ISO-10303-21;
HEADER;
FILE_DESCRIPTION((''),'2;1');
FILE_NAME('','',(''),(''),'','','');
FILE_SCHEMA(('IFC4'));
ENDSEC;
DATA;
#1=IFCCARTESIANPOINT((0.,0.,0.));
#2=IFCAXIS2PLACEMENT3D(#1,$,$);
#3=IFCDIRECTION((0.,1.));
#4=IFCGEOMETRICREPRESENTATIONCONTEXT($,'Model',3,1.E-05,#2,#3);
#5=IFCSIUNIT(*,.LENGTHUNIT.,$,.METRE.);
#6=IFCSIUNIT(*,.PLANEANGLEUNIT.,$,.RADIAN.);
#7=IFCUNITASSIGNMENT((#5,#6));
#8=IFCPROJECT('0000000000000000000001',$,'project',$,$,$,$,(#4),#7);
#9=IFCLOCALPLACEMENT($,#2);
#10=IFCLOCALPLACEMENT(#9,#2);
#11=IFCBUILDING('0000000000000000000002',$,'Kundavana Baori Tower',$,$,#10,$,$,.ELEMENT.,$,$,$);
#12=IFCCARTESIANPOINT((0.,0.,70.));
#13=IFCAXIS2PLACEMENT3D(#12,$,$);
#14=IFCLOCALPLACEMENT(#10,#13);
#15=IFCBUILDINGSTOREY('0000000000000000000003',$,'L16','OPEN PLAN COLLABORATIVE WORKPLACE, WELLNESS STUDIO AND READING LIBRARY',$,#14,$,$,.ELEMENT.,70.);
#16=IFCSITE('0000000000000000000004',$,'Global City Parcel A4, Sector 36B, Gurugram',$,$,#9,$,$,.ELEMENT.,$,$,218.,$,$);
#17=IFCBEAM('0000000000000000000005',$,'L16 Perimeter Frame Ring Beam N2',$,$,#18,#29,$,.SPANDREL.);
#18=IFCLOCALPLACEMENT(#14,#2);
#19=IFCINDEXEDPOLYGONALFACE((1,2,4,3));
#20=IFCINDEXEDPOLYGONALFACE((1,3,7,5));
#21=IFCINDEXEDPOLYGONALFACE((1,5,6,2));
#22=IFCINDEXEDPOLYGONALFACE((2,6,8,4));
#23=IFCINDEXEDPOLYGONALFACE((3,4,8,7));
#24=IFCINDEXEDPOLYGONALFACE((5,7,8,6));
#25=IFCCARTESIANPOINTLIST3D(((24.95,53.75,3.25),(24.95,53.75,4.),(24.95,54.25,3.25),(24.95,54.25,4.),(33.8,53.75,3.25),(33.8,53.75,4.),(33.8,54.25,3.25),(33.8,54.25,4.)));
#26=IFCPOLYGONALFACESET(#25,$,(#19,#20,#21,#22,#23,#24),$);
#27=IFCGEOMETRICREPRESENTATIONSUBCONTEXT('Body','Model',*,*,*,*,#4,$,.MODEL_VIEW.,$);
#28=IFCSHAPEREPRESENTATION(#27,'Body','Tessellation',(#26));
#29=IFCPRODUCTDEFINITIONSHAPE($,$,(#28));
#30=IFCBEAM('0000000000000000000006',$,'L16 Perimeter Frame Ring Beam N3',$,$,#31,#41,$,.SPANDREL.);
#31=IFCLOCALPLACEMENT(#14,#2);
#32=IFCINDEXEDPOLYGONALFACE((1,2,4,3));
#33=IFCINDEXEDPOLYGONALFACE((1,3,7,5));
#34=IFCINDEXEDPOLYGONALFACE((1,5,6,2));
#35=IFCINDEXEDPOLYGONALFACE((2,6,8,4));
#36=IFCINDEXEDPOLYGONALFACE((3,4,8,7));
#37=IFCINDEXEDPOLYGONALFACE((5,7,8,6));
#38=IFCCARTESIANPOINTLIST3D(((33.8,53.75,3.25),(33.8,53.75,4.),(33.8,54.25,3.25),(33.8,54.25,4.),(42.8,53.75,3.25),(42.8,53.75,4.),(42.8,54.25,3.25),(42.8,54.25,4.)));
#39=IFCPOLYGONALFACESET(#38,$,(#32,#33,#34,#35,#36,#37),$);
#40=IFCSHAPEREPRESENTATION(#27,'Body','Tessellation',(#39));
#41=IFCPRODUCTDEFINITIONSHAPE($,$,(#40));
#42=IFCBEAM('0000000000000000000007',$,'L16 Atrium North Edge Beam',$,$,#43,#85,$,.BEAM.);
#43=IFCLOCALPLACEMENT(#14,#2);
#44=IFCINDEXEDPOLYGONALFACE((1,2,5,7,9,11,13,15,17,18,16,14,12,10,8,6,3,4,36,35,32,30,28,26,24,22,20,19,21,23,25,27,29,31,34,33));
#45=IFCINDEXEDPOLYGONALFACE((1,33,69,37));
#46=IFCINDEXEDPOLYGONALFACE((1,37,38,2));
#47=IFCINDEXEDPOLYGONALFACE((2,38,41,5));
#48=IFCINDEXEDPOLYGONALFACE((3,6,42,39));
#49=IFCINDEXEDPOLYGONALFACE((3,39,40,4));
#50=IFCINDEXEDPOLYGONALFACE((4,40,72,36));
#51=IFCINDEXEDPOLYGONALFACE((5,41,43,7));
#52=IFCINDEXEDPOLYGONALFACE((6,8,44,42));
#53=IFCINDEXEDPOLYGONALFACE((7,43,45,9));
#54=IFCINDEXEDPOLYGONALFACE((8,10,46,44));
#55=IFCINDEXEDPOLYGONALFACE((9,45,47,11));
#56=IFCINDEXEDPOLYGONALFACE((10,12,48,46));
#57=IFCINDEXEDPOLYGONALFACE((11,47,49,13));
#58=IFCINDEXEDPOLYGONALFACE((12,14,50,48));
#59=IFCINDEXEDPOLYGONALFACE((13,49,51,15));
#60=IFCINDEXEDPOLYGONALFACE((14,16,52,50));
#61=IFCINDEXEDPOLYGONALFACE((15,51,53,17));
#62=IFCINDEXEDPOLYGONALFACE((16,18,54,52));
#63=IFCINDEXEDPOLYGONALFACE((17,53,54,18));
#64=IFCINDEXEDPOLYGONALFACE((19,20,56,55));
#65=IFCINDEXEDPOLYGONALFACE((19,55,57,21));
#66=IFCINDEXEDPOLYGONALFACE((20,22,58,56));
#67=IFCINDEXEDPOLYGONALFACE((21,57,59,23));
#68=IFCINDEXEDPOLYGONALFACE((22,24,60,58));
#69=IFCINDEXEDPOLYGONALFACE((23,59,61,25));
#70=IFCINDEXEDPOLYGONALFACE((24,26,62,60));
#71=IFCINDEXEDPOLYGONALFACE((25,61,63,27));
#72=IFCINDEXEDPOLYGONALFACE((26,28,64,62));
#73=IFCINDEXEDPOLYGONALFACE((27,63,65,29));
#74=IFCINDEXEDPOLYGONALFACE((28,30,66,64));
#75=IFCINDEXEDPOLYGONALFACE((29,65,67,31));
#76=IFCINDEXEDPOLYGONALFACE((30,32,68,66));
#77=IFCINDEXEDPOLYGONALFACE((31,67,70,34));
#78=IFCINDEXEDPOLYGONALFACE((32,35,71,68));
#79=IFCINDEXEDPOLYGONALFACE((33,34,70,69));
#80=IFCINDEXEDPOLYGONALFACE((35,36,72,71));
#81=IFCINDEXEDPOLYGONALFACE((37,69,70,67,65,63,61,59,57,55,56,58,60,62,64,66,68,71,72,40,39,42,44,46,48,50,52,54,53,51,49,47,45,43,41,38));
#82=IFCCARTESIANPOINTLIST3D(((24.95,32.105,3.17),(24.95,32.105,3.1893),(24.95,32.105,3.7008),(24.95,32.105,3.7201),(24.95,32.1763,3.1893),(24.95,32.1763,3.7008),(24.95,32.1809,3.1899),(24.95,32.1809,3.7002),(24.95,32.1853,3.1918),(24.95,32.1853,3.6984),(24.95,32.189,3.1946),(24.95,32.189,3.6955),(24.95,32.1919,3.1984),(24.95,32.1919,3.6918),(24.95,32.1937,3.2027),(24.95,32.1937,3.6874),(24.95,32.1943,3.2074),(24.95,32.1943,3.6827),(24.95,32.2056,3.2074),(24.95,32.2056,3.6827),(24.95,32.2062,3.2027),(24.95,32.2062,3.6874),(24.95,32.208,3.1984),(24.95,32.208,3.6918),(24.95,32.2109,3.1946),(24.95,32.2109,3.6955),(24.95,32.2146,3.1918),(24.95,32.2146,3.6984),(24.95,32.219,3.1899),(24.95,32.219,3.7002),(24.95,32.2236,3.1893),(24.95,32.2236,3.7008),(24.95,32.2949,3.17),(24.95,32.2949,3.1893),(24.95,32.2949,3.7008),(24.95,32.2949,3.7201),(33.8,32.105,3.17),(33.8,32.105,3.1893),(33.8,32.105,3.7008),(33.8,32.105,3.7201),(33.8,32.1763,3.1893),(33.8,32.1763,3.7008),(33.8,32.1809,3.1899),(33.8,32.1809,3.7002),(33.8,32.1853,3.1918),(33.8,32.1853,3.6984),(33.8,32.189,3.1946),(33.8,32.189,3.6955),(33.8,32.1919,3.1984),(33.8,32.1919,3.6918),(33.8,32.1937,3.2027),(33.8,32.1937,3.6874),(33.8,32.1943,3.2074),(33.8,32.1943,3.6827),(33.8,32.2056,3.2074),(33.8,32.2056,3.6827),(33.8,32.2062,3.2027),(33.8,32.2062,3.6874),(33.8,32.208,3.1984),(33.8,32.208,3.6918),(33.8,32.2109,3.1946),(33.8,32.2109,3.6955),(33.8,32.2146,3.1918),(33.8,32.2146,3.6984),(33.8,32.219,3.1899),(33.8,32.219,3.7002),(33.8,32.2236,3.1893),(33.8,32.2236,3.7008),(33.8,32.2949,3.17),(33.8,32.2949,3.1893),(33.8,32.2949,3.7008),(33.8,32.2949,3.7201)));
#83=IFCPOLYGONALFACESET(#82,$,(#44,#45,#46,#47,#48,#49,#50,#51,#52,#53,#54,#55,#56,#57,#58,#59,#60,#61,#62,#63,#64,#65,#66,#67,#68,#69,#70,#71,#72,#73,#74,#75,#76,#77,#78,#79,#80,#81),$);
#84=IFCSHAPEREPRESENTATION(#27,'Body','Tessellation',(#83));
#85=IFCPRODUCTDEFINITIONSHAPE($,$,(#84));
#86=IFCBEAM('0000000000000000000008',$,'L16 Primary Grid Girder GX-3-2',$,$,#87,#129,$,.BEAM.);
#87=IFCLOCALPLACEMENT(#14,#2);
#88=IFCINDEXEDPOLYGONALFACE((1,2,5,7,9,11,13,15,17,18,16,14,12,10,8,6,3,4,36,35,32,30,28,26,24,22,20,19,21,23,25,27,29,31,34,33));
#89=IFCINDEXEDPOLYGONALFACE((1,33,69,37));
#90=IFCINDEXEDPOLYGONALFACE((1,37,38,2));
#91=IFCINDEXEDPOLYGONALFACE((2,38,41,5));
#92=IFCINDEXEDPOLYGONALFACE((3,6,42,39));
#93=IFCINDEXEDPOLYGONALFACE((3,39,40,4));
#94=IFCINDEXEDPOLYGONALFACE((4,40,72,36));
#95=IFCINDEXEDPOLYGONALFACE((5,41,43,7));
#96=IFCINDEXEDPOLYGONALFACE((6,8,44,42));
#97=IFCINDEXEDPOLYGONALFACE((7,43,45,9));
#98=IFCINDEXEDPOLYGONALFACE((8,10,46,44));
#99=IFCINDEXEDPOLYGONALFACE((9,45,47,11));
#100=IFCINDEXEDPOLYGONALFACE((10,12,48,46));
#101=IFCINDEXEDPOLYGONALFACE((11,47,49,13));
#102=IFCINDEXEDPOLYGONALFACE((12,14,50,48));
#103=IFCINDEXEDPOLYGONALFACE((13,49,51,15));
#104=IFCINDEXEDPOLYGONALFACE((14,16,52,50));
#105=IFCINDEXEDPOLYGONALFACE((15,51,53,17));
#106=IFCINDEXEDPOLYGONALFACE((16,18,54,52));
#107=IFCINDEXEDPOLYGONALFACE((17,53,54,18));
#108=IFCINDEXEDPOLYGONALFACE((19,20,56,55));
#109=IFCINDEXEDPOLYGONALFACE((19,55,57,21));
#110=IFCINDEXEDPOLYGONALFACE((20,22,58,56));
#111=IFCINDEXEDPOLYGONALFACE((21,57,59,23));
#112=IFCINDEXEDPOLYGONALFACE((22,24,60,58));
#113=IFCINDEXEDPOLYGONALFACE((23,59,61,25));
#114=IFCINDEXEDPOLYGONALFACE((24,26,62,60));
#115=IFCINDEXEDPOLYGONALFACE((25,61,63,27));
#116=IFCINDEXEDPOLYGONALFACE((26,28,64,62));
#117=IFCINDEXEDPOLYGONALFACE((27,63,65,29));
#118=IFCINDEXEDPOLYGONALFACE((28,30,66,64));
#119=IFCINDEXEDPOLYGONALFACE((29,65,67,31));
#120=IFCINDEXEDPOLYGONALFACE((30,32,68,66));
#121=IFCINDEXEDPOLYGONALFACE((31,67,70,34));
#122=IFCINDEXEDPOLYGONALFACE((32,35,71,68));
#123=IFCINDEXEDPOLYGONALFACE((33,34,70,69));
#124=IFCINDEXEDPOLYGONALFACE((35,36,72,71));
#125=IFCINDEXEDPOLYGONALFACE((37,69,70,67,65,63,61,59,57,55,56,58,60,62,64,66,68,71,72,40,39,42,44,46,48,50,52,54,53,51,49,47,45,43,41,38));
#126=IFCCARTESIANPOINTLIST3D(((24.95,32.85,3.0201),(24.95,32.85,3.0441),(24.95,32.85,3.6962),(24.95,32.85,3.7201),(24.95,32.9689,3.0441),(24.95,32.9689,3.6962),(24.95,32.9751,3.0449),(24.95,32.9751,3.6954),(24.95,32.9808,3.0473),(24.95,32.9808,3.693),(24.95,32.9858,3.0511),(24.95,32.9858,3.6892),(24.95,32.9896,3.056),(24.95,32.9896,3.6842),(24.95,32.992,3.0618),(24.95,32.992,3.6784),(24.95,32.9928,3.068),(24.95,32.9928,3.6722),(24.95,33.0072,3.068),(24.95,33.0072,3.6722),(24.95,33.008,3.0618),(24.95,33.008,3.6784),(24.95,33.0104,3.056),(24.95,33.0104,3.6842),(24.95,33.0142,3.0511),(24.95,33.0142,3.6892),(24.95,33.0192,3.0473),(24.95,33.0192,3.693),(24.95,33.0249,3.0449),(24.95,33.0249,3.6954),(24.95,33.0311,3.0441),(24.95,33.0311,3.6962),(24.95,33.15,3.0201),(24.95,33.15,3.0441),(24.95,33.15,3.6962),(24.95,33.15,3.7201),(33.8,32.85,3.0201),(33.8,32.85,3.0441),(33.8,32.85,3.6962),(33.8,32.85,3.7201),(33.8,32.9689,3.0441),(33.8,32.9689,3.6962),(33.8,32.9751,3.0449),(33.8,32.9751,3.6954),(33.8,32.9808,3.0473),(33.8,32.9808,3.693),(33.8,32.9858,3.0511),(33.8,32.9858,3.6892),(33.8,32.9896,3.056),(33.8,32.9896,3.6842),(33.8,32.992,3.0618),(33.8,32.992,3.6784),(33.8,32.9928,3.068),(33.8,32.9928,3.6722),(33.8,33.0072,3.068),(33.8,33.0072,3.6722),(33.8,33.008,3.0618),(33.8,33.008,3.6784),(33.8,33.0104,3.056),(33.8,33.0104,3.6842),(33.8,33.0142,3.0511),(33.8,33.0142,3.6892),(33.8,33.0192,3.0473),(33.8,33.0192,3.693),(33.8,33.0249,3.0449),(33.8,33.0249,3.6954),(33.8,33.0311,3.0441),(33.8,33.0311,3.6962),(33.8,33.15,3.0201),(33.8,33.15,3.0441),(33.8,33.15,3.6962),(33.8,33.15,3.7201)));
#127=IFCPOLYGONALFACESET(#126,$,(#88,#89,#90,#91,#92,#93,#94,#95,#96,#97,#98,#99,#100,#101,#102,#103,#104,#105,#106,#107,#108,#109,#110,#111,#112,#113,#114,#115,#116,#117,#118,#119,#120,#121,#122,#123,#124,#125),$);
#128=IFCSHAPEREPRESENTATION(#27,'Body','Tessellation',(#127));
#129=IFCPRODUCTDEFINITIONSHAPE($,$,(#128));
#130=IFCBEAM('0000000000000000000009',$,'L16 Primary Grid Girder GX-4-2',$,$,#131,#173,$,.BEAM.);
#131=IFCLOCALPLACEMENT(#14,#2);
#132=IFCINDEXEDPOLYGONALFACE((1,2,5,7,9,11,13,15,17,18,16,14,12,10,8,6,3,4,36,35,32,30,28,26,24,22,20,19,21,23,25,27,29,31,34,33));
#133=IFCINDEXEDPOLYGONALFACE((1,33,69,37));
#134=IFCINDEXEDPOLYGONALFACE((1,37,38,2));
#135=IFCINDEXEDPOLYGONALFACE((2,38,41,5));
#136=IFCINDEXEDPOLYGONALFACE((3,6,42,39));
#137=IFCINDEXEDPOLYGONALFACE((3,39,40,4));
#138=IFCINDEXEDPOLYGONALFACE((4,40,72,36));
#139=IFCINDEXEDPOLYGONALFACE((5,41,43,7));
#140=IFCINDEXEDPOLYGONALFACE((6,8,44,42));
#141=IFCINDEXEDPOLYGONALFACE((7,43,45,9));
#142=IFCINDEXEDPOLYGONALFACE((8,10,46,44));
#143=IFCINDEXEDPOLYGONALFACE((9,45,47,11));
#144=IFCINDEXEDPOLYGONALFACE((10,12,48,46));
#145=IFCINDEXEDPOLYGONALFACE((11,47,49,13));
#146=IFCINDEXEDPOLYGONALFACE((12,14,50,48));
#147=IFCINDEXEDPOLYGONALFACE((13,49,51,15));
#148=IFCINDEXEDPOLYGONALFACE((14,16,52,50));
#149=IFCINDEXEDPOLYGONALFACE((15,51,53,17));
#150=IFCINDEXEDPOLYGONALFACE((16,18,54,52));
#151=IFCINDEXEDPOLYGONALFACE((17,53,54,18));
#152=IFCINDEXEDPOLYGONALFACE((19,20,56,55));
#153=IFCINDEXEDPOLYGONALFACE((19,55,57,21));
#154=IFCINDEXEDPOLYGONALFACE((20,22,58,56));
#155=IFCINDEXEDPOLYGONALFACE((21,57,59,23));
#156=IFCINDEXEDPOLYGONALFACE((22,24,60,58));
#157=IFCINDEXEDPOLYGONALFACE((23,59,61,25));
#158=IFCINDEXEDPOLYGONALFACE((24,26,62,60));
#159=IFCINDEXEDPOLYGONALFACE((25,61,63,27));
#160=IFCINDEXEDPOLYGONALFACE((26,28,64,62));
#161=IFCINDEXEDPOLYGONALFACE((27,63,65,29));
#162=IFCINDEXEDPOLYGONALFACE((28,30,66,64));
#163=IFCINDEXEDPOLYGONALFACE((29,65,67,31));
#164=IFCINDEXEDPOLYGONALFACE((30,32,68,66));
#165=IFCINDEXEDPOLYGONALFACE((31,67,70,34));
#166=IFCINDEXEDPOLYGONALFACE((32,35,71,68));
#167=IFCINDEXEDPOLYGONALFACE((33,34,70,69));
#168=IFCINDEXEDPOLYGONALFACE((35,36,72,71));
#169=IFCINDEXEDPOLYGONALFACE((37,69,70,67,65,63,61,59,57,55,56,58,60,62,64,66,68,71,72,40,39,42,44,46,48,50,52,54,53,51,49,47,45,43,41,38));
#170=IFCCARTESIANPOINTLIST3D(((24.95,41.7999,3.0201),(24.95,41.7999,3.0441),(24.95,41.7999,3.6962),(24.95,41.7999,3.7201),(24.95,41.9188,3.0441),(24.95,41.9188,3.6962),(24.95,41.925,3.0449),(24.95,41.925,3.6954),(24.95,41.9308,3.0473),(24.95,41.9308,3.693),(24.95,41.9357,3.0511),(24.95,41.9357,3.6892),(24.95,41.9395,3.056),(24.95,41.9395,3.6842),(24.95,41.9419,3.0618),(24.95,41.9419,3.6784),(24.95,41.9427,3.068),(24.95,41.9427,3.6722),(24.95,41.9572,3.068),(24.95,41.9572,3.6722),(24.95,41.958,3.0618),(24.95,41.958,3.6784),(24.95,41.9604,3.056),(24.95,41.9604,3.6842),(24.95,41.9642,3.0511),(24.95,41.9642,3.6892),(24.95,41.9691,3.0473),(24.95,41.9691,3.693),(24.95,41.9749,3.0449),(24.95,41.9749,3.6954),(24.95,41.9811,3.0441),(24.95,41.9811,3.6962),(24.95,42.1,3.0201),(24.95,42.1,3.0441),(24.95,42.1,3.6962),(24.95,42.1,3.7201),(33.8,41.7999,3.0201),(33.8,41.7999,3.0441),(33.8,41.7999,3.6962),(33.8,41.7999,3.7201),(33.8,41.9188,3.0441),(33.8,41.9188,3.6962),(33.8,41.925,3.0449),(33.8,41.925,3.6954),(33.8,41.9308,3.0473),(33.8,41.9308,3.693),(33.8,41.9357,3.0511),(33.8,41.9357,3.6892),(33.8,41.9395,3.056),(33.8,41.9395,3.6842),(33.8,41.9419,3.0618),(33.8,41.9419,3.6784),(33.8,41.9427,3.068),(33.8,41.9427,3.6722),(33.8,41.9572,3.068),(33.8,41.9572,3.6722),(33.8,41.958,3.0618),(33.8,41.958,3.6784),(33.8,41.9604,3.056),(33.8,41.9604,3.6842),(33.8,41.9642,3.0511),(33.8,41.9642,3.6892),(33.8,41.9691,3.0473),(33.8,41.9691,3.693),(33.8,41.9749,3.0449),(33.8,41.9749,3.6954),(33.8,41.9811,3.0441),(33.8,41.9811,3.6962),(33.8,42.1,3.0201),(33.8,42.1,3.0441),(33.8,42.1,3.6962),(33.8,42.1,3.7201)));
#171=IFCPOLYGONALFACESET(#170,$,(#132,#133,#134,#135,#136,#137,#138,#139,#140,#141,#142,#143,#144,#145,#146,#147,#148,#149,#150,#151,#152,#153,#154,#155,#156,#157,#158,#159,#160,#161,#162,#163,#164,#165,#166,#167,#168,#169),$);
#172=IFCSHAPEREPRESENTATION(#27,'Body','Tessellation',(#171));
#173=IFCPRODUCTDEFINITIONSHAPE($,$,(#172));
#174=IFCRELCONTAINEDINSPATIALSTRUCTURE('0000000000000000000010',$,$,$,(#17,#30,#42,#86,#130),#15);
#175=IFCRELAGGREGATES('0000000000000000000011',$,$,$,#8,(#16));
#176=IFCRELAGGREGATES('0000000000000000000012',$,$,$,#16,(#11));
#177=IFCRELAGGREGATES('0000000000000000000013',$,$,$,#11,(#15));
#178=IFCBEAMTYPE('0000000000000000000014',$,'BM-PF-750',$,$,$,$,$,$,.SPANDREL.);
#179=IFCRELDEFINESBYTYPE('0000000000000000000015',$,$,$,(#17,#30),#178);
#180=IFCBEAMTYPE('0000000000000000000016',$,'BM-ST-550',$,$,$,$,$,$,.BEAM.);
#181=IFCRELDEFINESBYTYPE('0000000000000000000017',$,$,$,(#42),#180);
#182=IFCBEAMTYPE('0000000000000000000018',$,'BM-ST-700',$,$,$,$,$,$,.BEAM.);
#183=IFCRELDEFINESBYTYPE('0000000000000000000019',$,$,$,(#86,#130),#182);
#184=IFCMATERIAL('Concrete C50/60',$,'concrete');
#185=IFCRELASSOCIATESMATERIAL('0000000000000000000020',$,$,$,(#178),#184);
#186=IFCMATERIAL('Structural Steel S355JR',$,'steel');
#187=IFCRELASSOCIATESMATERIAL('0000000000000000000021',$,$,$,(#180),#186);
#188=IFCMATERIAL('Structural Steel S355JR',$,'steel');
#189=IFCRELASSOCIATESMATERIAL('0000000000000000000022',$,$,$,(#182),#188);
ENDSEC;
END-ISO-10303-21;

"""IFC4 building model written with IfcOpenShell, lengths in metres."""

from ifc_helpers import new_model, si_unit, direction, frame, origin, origin_2d, place, context, subcontext, project, spatial, rectangle, i_section, extrude, material, material_profile, profile_set, type_object, element, save


model = new_model("IFC4")

# Units and contexts
model_context = context("Model", 3, precision=1e-05, world=origin(), true_north=direction((0.0, 1.0)))
body_context = subcontext(model_context, "Body", "Model", "MODEL_VIEW")
ifc_project = project(units=[si_unit("LENGTHUNIT", "METRE"), si_unit("PLANEANGLEUNIT", "RADIAN")], contexts=[model_context])

# Site, building, storey
site_placement = place(None, origin())
site = spatial("IfcSite", under=ifc_project, at=site_placement, Name="Global City Parcel A4, Sector 36B, Gurugram", CompositionType="ELEMENT", RefElevation=218.0)
building_placement = place(site_placement, origin())
building = spatial("IfcBuilding", under=site, at=building_placement, Name="Kundavana Baori Tower", CompositionType="ELEMENT")
storey_placement = place(building_placement, frame((0.0, 0.0, 70.0)))
storey = spatial("IfcBuildingStorey", under=building, at=storey_placement, Name="L16", Description="OPEN PLAN COLLABORATIVE WORKPLACE, WELLNESS STUDIO AND READING LIBRARY", CompositionType="ELEMENT", Elevation=70.0)

# Beams
ifc_material_1 = material(Name="Concrete C50/60", Category="concrete")
ifc_material_profile_1 = material_profile(ifc_material_1, rectangle(XDim=0.5, YDim=0.75, at=origin_2d()), Name="RC BM 500x750")
ifc_profile_set_1 = profile_set([ifc_material_profile_1], Name="Concrete C50/60")
beam_type_1 = type_object("IfcBeamType", Name="BM-PF-750", PredefinedType="SPANDREL", material=ifc_profile_set_1)
beam_1_placement = place(storey_placement, frame((24.95, 54.0, 3.625), z_axis=(1.0, 0.0, 0.0), x_axis=(0.0, 1.0, 0.0)))
element("IfcBeam", 1, at=beam_1_placement, inside=storey, type_object=beam_type_1, Name="L16 Perimeter Frame Ring Beam N2", PredefinedType="SPANDREL", context=body_context, shape_type="SweptSolid", body=[
    extrude(rectangle(XDim=0.5, YDim=0.75, at=origin_2d()), origin(), (0.0, 0.0, 1.0), 8.8501),
])
beam_2_placement = place(storey_placement, frame((33.8, 54.0, 3.625), z_axis=(1.0, 0.0, 0.0), x_axis=(0.0, 1.0, 0.0)))
element("IfcBeam", 2, at=beam_2_placement, inside=storey, type_object=beam_type_1, Name="L16 Perimeter Frame Ring Beam N3", PredefinedType="SPANDREL", context=body_context, shape_type="SweptSolid", body=[
    extrude(rectangle(XDim=0.5, YDim=0.75, at=origin_2d()), origin(), (0.0, 0.0, 1.0), 9.0),
])
ifc_material_2 = material(Name="Structural Steel S355JR", Category="steel")
ifc_material_profile_2 = material_profile(ifc_material_2, i_section(OverallWidth=0.1899, OverallDepth=0.55, WebThickness=0.0112, FlangeThickness=0.0193, FilletRadius=0.0181, at=origin_2d()), Name="ISMB 550")
ifc_profile_set_2 = profile_set([ifc_material_profile_2], Name="Structural Steel S355JR")
beam_type_2 = type_object("IfcBeamType", Name="BM-ST-550", PredefinedType="BEAM", material=ifc_profile_set_2)
beam_3_placement = place(storey_placement, frame((24.95, 32.2, 3.4451), z_axis=(1.0, 0.0, 0.0), x_axis=(0.0, 1.0, 0.0)))
element("IfcBeam", 3, at=beam_3_placement, inside=storey, type_object=beam_type_2, Name="L16 Atrium North Edge Beam", PredefinedType="BEAM", context=body_context, shape_type="SweptSolid", body=[
    extrude(i_section(OverallWidth=0.1899, OverallDepth=0.55, WebThickness=0.0112, FlangeThickness=0.0193, FilletRadius=0.0181, at=origin_2d()), origin(), (0.0, 0.0, 1.0), 8.8501),
])
ifc_material_3 = material(Name="Structural Steel S355JR", Category="steel")
ifc_material_profile_3 = material_profile(ifc_material_3, i_section(OverallWidth=0.3, OverallDepth=0.7, WebThickness=0.0144, FlangeThickness=0.0239, FilletRadius=0.0239, at=origin_2d()), Name="NPB 700x300x170")
ifc_profile_set_3 = profile_set([ifc_material_profile_3], Name="Structural Steel S355JR")
beam_type_3 = type_object("IfcBeamType", Name="BM-ST-700", PredefinedType="BEAM", material=ifc_profile_set_3)
for number, where, z_axis, x_axis, name in (
    (4, (24.95, 33.0, 3.3701), (1.0, 0.0, 0.0), (0.0, 1.0, 0.0), "L16 Primary Grid Girder GX-3-2"),
    (5, (24.95, 41.95, 3.3701), (1.0, 0.0, 0.0), (0.0, 1.0, 0.0), "L16 Primary Grid Girder GX-4-2"),
):
    element("IfcBeam", number, at=place(storey_placement, frame(where, z_axis=z_axis, x_axis=x_axis)), inside=storey, type_object=beam_type_3, Name=name, PredefinedType="BEAM", context=body_context, shape_type="SweptSolid", body=[
        extrude(i_section(OverallWidth=0.3, OverallDepth=0.7, WebThickness=0.0144, FlangeThickness=0.0239, FilletRadius=0.0239, at=origin_2d()), origin(), (0.0, 0.0, 1.0), 8.8501),
    ])

save(model, "model.ifc")
